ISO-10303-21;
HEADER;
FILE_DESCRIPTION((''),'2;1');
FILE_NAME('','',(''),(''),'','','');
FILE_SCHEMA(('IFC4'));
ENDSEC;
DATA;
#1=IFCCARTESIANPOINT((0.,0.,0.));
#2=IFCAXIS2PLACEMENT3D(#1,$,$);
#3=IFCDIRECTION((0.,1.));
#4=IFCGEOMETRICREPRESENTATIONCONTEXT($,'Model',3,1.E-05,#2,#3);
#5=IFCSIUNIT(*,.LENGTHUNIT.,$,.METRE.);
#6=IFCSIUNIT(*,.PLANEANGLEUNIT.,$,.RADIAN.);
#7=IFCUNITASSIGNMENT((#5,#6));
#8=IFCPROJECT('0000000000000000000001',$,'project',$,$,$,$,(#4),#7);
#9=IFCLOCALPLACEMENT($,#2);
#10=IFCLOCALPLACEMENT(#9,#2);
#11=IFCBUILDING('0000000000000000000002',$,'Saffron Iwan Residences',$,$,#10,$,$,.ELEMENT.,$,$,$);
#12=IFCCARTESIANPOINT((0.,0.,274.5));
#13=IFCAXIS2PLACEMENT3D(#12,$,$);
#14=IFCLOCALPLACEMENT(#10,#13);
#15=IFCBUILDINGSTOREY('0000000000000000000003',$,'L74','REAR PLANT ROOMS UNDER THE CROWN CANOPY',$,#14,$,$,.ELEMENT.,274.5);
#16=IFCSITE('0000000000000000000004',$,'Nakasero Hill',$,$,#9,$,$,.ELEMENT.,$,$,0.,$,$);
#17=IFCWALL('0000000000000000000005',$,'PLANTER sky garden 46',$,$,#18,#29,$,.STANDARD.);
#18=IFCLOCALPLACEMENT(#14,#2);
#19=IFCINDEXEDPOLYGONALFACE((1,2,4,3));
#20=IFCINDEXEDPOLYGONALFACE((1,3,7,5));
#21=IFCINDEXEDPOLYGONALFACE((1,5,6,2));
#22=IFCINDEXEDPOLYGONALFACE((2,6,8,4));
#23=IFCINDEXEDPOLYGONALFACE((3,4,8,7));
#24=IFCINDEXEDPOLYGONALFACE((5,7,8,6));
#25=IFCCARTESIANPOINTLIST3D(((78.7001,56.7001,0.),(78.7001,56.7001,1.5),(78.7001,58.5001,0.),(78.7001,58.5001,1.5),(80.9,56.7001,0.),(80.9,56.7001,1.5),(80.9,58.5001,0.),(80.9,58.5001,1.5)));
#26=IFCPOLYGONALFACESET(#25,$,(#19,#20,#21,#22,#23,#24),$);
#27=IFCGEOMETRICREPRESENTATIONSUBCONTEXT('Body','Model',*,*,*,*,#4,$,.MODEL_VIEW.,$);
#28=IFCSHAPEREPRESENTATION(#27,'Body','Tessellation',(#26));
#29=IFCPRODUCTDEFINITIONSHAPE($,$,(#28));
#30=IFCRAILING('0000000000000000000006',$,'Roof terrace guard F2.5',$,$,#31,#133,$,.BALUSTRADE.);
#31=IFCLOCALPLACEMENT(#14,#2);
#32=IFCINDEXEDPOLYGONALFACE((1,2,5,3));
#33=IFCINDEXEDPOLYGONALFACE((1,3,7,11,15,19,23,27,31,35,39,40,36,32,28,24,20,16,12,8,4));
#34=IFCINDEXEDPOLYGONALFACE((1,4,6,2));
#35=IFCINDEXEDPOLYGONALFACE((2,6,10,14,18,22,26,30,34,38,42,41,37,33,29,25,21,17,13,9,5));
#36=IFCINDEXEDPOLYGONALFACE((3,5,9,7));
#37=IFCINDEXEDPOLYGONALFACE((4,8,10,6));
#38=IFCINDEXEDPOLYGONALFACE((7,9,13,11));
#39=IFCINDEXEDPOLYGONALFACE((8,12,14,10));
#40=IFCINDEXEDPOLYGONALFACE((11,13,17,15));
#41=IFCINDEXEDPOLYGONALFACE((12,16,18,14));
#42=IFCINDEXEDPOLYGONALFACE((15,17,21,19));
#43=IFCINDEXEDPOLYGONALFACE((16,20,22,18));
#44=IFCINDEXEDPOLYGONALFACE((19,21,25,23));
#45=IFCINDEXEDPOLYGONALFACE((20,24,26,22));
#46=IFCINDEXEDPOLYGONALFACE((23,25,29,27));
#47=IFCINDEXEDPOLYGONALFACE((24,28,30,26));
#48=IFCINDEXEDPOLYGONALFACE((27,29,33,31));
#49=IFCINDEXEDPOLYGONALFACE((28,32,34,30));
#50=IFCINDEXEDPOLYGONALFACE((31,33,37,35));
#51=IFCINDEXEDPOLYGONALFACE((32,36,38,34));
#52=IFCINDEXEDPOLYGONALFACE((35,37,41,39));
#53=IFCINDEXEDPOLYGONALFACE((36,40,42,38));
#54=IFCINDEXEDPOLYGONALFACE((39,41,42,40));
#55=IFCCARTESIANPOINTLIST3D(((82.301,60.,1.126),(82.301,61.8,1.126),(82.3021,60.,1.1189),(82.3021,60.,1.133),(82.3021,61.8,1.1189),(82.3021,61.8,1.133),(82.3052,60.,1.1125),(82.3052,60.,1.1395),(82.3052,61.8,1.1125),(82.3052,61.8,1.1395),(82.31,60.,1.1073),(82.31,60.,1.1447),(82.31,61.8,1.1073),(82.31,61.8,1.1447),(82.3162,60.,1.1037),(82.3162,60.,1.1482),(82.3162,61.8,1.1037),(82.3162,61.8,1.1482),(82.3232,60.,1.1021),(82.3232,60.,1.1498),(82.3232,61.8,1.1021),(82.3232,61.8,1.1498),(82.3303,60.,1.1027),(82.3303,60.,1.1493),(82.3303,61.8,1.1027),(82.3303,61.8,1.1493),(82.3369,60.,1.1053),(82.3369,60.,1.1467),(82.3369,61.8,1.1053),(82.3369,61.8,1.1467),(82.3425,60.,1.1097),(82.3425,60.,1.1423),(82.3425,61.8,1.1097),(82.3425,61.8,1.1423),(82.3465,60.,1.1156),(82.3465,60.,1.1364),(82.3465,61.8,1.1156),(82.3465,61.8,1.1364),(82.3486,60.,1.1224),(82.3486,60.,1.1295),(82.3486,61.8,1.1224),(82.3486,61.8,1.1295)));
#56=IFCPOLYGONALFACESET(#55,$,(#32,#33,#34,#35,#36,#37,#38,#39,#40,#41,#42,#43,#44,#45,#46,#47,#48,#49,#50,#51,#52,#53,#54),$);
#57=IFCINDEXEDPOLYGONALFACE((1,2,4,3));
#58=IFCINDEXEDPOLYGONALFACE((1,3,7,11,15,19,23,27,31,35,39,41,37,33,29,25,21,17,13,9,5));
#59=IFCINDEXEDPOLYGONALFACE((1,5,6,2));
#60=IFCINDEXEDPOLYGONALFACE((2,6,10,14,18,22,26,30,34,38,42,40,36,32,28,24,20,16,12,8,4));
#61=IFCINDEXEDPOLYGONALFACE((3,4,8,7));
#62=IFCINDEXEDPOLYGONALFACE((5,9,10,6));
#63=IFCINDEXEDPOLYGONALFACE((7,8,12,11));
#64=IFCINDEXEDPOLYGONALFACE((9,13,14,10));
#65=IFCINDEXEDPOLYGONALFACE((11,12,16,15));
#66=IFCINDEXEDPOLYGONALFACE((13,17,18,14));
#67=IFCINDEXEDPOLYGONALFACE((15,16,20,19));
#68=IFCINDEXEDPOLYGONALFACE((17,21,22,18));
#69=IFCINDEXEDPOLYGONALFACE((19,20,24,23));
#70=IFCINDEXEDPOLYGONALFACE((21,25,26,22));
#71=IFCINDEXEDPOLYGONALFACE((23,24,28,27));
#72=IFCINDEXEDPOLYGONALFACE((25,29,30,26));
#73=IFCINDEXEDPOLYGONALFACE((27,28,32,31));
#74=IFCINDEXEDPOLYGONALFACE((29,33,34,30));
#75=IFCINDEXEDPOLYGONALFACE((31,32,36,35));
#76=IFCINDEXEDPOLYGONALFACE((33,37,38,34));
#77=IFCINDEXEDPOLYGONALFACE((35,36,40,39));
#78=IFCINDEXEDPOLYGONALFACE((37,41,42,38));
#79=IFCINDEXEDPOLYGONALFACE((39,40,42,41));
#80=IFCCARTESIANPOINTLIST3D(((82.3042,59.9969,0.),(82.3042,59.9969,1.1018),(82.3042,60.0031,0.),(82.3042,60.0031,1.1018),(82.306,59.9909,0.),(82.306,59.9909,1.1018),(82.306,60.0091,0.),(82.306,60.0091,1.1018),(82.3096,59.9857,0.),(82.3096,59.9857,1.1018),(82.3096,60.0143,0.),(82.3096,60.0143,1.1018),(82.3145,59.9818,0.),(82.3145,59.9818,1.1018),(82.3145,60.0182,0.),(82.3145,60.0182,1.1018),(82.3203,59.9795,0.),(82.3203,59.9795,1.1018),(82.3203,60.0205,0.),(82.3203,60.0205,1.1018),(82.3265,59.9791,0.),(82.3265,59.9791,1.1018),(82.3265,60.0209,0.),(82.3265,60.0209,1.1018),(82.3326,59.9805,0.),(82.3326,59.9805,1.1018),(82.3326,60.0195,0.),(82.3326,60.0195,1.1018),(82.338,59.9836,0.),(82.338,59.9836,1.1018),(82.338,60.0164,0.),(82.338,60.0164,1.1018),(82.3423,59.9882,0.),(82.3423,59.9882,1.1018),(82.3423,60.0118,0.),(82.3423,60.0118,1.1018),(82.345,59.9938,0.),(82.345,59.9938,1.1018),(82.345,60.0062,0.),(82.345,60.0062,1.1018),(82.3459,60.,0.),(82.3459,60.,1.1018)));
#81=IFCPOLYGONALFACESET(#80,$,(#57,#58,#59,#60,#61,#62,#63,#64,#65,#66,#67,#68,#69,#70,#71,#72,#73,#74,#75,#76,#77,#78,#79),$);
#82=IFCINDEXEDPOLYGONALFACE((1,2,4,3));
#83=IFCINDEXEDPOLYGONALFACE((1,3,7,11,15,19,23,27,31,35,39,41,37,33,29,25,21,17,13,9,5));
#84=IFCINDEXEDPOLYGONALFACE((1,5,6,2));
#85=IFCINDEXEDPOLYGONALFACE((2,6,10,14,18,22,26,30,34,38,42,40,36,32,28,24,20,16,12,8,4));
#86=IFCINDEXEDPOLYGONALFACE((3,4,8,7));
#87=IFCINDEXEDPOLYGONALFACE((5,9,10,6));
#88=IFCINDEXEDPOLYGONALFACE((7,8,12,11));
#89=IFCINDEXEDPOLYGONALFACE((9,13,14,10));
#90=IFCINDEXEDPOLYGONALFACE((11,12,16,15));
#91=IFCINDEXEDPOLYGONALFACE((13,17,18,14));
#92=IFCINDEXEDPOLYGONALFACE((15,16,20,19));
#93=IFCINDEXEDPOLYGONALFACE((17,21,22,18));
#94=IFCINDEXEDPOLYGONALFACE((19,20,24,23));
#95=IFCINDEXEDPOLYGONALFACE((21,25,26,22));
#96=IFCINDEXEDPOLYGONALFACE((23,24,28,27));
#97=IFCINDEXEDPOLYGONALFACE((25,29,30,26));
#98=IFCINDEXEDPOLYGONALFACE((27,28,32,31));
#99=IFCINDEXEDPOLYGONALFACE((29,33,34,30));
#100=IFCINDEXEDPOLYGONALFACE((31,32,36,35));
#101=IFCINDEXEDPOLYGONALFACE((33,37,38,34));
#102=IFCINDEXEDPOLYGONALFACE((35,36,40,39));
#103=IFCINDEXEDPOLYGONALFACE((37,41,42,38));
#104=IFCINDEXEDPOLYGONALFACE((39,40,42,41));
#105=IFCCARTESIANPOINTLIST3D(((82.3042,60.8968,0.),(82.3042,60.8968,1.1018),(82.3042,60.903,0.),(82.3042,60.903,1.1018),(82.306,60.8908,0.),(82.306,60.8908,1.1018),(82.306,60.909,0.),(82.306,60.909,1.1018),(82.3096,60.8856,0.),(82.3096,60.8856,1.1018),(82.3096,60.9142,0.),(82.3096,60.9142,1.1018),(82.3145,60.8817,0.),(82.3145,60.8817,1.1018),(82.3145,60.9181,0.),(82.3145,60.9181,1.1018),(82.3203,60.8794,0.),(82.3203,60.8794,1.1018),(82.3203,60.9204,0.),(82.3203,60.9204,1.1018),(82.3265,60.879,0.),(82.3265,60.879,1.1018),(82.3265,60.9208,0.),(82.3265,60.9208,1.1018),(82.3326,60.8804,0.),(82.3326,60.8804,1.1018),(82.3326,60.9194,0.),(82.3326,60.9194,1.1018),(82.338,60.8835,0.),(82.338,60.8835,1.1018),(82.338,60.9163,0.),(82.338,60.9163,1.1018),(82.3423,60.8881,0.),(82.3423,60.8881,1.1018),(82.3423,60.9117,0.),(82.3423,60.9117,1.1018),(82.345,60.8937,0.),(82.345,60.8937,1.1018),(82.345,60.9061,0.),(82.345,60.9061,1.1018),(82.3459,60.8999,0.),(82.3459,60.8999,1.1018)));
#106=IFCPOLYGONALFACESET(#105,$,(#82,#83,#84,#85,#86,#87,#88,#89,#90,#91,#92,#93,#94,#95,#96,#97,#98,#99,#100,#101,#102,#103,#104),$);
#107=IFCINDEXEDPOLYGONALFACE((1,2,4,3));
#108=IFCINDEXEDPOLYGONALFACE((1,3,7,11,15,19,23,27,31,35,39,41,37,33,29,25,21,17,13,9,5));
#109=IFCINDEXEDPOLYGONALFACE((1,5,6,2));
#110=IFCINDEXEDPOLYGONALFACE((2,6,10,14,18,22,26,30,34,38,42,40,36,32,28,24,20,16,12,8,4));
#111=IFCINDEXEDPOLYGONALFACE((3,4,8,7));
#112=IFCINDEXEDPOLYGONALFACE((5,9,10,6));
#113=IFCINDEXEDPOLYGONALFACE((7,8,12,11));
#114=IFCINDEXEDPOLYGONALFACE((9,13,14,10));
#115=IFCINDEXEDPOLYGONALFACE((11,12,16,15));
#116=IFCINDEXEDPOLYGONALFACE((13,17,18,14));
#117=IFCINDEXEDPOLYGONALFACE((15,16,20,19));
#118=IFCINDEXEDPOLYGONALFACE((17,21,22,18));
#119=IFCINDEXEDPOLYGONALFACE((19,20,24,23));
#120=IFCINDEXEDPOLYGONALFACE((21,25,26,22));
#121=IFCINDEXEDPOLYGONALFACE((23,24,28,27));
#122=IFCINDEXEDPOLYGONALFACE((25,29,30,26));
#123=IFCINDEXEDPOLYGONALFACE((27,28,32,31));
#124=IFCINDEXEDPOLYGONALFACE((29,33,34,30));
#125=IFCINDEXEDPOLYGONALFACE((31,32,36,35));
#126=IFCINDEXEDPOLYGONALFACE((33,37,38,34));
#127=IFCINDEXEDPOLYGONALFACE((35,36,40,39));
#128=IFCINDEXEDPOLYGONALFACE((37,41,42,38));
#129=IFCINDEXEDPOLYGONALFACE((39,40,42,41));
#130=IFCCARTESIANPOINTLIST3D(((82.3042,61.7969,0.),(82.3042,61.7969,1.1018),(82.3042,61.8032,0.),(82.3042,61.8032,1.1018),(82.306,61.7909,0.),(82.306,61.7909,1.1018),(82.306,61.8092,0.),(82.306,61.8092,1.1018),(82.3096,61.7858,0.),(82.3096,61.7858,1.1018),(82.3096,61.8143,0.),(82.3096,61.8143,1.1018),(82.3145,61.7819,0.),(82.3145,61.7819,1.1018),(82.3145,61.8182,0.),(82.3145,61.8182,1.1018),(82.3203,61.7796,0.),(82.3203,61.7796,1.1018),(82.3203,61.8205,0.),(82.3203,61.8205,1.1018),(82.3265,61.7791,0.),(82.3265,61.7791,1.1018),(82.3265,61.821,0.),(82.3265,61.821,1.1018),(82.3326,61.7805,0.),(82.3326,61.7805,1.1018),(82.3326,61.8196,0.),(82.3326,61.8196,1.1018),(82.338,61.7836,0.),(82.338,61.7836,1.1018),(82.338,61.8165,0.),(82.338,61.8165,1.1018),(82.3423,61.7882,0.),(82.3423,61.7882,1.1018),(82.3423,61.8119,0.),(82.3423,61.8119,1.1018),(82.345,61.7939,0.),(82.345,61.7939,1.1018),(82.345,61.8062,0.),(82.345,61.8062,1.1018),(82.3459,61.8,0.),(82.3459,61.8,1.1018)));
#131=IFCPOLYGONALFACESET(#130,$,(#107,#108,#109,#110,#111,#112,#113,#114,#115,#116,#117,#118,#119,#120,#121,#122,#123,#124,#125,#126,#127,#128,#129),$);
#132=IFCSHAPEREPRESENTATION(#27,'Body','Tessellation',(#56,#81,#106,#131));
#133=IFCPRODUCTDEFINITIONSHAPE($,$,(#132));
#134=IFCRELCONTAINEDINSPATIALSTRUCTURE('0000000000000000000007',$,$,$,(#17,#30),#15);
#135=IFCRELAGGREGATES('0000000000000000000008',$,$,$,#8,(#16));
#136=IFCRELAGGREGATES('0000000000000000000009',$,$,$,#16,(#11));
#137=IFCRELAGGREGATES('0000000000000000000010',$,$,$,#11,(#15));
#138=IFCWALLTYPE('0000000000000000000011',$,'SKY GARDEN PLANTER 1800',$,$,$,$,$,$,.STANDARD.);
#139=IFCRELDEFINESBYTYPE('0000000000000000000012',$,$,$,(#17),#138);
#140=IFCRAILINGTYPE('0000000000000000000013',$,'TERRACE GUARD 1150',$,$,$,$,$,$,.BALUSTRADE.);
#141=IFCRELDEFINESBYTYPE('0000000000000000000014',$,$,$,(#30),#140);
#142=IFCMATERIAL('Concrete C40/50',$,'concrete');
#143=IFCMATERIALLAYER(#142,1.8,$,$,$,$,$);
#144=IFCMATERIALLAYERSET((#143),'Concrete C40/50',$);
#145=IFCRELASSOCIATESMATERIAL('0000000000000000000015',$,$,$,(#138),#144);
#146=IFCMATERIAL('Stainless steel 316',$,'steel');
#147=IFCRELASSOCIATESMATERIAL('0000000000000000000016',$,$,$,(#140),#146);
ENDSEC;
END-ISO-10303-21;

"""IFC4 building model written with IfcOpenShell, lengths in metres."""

from ifc_helpers import new_model, si_unit, direction, frame, frame_2d, origin, origin_2d, place, context, subcontext, project, spatial, rectangle, circle, extrude, material, layer, layer_set, type_object, element, save


model = new_model("IFC4")

# Units and contexts
model_context = context("Model", 3, precision=1e-05, world=origin(), true_north=direction((0.0, 1.0)))
body_context = subcontext(model_context, "Body", "Model", "MODEL_VIEW")
ifc_project = project(units=[si_unit("LENGTHUNIT", "METRE"), si_unit("PLANEANGLEUNIT", "RADIAN")], contexts=[model_context])

# Site, building, storey
site_placement = place(None, origin())
site = spatial("IfcSite", under=ifc_project, at=site_placement, Name="Nakasero Hill", CompositionType="ELEMENT", RefElevation=0.0)
building_placement = place(site_placement, origin())
building = spatial("IfcBuilding", under=site, at=building_placement, Name="Saffron Iwan Residences", CompositionType="ELEMENT")
storey_placement = place(building_placement, frame((0.0, 0.0, 274.5)))
storey = spatial("IfcBuildingStorey", under=building, at=storey_placement, Name="L74", Description="REAR PLANT ROOMS UNDER THE CROWN CANOPY", CompositionType="ELEMENT", Elevation=274.5)

# Shared definitions
ifc_material_1 = material(Name="Concrete C40/50", Category="concrete")

# Wall
ifc_layer_1 = layer(ifc_material_1, 1.8)
ifc_layer_set_1 = layer_set([ifc_layer_1], Name="Concrete C40/50")
wall_type_1 = type_object("IfcWallType", Name="SKY GARDEN PLANTER 1800", PredefinedType="STANDARD", material=ifc_layer_set_1)
for number, where, z_axis, x_axis, name in (
    (1, (78.7, 57.6001, 0.0), (0.0, 0.0, 1.0), (1.0, 0.0, 0.0), "PLANTER sky garden 46"),
):
    element("IfcWall", number, at=place(storey_placement, frame(where, z_axis=z_axis, x_axis=x_axis)), inside=storey, type_object=wall_type_1, Name=name, PredefinedType="STANDARD", context=body_context, shape_type="SweptSolid", body=[
        extrude(rectangle(XDim=2.2, YDim=1.8, at=frame_2d((1.1001, 0.0))), origin(), (0.0, 0.0, 1.0), 1.5),
    ])

# Railing
ifc_material_2 = material(Name="Stainless steel 316", Category="steel")
railing_type = type_object("IfcRailingType", Name="TERRACE GUARD 1150", PredefinedType="BALUSTRADE", material=ifc_material_2)
railing_placement = place(storey_placement, frame((82.325, 60.0, 0.0)))
element("IfcRailing", 2, at=railing_placement, inside=storey, type_object=railing_type, Name="Roof terrace guard F2.5", PredefinedType="BALUSTRADE", context=body_context, shape_type="SweptSolid", body=[
    extrude(circle(Radius=0.0239, at=origin_2d()), frame((0.0, 0.0, 1.126), z_axis=(0.0, 1.0, 0.0), x_axis=(-1.0, 0.0, 0.0)), (0.0, 0.0, 1.0), 1.8),
    extrude(circle(Radius=0.021, at=origin_2d()), origin(), (0.0, 0.0, 1.0), 1.1018),
    extrude(circle(Radius=0.021, at=origin_2d()), frame((0.0, 0.8999, 0.0)), (0.0, 0.0, 1.0), 1.1018),
    extrude(circle(Radius=0.021, at=origin_2d()), frame((0.0, 1.8, 0.0)), (0.0, 0.0, 1.0), 1.1018),
])

save(model, "model.ifc")
